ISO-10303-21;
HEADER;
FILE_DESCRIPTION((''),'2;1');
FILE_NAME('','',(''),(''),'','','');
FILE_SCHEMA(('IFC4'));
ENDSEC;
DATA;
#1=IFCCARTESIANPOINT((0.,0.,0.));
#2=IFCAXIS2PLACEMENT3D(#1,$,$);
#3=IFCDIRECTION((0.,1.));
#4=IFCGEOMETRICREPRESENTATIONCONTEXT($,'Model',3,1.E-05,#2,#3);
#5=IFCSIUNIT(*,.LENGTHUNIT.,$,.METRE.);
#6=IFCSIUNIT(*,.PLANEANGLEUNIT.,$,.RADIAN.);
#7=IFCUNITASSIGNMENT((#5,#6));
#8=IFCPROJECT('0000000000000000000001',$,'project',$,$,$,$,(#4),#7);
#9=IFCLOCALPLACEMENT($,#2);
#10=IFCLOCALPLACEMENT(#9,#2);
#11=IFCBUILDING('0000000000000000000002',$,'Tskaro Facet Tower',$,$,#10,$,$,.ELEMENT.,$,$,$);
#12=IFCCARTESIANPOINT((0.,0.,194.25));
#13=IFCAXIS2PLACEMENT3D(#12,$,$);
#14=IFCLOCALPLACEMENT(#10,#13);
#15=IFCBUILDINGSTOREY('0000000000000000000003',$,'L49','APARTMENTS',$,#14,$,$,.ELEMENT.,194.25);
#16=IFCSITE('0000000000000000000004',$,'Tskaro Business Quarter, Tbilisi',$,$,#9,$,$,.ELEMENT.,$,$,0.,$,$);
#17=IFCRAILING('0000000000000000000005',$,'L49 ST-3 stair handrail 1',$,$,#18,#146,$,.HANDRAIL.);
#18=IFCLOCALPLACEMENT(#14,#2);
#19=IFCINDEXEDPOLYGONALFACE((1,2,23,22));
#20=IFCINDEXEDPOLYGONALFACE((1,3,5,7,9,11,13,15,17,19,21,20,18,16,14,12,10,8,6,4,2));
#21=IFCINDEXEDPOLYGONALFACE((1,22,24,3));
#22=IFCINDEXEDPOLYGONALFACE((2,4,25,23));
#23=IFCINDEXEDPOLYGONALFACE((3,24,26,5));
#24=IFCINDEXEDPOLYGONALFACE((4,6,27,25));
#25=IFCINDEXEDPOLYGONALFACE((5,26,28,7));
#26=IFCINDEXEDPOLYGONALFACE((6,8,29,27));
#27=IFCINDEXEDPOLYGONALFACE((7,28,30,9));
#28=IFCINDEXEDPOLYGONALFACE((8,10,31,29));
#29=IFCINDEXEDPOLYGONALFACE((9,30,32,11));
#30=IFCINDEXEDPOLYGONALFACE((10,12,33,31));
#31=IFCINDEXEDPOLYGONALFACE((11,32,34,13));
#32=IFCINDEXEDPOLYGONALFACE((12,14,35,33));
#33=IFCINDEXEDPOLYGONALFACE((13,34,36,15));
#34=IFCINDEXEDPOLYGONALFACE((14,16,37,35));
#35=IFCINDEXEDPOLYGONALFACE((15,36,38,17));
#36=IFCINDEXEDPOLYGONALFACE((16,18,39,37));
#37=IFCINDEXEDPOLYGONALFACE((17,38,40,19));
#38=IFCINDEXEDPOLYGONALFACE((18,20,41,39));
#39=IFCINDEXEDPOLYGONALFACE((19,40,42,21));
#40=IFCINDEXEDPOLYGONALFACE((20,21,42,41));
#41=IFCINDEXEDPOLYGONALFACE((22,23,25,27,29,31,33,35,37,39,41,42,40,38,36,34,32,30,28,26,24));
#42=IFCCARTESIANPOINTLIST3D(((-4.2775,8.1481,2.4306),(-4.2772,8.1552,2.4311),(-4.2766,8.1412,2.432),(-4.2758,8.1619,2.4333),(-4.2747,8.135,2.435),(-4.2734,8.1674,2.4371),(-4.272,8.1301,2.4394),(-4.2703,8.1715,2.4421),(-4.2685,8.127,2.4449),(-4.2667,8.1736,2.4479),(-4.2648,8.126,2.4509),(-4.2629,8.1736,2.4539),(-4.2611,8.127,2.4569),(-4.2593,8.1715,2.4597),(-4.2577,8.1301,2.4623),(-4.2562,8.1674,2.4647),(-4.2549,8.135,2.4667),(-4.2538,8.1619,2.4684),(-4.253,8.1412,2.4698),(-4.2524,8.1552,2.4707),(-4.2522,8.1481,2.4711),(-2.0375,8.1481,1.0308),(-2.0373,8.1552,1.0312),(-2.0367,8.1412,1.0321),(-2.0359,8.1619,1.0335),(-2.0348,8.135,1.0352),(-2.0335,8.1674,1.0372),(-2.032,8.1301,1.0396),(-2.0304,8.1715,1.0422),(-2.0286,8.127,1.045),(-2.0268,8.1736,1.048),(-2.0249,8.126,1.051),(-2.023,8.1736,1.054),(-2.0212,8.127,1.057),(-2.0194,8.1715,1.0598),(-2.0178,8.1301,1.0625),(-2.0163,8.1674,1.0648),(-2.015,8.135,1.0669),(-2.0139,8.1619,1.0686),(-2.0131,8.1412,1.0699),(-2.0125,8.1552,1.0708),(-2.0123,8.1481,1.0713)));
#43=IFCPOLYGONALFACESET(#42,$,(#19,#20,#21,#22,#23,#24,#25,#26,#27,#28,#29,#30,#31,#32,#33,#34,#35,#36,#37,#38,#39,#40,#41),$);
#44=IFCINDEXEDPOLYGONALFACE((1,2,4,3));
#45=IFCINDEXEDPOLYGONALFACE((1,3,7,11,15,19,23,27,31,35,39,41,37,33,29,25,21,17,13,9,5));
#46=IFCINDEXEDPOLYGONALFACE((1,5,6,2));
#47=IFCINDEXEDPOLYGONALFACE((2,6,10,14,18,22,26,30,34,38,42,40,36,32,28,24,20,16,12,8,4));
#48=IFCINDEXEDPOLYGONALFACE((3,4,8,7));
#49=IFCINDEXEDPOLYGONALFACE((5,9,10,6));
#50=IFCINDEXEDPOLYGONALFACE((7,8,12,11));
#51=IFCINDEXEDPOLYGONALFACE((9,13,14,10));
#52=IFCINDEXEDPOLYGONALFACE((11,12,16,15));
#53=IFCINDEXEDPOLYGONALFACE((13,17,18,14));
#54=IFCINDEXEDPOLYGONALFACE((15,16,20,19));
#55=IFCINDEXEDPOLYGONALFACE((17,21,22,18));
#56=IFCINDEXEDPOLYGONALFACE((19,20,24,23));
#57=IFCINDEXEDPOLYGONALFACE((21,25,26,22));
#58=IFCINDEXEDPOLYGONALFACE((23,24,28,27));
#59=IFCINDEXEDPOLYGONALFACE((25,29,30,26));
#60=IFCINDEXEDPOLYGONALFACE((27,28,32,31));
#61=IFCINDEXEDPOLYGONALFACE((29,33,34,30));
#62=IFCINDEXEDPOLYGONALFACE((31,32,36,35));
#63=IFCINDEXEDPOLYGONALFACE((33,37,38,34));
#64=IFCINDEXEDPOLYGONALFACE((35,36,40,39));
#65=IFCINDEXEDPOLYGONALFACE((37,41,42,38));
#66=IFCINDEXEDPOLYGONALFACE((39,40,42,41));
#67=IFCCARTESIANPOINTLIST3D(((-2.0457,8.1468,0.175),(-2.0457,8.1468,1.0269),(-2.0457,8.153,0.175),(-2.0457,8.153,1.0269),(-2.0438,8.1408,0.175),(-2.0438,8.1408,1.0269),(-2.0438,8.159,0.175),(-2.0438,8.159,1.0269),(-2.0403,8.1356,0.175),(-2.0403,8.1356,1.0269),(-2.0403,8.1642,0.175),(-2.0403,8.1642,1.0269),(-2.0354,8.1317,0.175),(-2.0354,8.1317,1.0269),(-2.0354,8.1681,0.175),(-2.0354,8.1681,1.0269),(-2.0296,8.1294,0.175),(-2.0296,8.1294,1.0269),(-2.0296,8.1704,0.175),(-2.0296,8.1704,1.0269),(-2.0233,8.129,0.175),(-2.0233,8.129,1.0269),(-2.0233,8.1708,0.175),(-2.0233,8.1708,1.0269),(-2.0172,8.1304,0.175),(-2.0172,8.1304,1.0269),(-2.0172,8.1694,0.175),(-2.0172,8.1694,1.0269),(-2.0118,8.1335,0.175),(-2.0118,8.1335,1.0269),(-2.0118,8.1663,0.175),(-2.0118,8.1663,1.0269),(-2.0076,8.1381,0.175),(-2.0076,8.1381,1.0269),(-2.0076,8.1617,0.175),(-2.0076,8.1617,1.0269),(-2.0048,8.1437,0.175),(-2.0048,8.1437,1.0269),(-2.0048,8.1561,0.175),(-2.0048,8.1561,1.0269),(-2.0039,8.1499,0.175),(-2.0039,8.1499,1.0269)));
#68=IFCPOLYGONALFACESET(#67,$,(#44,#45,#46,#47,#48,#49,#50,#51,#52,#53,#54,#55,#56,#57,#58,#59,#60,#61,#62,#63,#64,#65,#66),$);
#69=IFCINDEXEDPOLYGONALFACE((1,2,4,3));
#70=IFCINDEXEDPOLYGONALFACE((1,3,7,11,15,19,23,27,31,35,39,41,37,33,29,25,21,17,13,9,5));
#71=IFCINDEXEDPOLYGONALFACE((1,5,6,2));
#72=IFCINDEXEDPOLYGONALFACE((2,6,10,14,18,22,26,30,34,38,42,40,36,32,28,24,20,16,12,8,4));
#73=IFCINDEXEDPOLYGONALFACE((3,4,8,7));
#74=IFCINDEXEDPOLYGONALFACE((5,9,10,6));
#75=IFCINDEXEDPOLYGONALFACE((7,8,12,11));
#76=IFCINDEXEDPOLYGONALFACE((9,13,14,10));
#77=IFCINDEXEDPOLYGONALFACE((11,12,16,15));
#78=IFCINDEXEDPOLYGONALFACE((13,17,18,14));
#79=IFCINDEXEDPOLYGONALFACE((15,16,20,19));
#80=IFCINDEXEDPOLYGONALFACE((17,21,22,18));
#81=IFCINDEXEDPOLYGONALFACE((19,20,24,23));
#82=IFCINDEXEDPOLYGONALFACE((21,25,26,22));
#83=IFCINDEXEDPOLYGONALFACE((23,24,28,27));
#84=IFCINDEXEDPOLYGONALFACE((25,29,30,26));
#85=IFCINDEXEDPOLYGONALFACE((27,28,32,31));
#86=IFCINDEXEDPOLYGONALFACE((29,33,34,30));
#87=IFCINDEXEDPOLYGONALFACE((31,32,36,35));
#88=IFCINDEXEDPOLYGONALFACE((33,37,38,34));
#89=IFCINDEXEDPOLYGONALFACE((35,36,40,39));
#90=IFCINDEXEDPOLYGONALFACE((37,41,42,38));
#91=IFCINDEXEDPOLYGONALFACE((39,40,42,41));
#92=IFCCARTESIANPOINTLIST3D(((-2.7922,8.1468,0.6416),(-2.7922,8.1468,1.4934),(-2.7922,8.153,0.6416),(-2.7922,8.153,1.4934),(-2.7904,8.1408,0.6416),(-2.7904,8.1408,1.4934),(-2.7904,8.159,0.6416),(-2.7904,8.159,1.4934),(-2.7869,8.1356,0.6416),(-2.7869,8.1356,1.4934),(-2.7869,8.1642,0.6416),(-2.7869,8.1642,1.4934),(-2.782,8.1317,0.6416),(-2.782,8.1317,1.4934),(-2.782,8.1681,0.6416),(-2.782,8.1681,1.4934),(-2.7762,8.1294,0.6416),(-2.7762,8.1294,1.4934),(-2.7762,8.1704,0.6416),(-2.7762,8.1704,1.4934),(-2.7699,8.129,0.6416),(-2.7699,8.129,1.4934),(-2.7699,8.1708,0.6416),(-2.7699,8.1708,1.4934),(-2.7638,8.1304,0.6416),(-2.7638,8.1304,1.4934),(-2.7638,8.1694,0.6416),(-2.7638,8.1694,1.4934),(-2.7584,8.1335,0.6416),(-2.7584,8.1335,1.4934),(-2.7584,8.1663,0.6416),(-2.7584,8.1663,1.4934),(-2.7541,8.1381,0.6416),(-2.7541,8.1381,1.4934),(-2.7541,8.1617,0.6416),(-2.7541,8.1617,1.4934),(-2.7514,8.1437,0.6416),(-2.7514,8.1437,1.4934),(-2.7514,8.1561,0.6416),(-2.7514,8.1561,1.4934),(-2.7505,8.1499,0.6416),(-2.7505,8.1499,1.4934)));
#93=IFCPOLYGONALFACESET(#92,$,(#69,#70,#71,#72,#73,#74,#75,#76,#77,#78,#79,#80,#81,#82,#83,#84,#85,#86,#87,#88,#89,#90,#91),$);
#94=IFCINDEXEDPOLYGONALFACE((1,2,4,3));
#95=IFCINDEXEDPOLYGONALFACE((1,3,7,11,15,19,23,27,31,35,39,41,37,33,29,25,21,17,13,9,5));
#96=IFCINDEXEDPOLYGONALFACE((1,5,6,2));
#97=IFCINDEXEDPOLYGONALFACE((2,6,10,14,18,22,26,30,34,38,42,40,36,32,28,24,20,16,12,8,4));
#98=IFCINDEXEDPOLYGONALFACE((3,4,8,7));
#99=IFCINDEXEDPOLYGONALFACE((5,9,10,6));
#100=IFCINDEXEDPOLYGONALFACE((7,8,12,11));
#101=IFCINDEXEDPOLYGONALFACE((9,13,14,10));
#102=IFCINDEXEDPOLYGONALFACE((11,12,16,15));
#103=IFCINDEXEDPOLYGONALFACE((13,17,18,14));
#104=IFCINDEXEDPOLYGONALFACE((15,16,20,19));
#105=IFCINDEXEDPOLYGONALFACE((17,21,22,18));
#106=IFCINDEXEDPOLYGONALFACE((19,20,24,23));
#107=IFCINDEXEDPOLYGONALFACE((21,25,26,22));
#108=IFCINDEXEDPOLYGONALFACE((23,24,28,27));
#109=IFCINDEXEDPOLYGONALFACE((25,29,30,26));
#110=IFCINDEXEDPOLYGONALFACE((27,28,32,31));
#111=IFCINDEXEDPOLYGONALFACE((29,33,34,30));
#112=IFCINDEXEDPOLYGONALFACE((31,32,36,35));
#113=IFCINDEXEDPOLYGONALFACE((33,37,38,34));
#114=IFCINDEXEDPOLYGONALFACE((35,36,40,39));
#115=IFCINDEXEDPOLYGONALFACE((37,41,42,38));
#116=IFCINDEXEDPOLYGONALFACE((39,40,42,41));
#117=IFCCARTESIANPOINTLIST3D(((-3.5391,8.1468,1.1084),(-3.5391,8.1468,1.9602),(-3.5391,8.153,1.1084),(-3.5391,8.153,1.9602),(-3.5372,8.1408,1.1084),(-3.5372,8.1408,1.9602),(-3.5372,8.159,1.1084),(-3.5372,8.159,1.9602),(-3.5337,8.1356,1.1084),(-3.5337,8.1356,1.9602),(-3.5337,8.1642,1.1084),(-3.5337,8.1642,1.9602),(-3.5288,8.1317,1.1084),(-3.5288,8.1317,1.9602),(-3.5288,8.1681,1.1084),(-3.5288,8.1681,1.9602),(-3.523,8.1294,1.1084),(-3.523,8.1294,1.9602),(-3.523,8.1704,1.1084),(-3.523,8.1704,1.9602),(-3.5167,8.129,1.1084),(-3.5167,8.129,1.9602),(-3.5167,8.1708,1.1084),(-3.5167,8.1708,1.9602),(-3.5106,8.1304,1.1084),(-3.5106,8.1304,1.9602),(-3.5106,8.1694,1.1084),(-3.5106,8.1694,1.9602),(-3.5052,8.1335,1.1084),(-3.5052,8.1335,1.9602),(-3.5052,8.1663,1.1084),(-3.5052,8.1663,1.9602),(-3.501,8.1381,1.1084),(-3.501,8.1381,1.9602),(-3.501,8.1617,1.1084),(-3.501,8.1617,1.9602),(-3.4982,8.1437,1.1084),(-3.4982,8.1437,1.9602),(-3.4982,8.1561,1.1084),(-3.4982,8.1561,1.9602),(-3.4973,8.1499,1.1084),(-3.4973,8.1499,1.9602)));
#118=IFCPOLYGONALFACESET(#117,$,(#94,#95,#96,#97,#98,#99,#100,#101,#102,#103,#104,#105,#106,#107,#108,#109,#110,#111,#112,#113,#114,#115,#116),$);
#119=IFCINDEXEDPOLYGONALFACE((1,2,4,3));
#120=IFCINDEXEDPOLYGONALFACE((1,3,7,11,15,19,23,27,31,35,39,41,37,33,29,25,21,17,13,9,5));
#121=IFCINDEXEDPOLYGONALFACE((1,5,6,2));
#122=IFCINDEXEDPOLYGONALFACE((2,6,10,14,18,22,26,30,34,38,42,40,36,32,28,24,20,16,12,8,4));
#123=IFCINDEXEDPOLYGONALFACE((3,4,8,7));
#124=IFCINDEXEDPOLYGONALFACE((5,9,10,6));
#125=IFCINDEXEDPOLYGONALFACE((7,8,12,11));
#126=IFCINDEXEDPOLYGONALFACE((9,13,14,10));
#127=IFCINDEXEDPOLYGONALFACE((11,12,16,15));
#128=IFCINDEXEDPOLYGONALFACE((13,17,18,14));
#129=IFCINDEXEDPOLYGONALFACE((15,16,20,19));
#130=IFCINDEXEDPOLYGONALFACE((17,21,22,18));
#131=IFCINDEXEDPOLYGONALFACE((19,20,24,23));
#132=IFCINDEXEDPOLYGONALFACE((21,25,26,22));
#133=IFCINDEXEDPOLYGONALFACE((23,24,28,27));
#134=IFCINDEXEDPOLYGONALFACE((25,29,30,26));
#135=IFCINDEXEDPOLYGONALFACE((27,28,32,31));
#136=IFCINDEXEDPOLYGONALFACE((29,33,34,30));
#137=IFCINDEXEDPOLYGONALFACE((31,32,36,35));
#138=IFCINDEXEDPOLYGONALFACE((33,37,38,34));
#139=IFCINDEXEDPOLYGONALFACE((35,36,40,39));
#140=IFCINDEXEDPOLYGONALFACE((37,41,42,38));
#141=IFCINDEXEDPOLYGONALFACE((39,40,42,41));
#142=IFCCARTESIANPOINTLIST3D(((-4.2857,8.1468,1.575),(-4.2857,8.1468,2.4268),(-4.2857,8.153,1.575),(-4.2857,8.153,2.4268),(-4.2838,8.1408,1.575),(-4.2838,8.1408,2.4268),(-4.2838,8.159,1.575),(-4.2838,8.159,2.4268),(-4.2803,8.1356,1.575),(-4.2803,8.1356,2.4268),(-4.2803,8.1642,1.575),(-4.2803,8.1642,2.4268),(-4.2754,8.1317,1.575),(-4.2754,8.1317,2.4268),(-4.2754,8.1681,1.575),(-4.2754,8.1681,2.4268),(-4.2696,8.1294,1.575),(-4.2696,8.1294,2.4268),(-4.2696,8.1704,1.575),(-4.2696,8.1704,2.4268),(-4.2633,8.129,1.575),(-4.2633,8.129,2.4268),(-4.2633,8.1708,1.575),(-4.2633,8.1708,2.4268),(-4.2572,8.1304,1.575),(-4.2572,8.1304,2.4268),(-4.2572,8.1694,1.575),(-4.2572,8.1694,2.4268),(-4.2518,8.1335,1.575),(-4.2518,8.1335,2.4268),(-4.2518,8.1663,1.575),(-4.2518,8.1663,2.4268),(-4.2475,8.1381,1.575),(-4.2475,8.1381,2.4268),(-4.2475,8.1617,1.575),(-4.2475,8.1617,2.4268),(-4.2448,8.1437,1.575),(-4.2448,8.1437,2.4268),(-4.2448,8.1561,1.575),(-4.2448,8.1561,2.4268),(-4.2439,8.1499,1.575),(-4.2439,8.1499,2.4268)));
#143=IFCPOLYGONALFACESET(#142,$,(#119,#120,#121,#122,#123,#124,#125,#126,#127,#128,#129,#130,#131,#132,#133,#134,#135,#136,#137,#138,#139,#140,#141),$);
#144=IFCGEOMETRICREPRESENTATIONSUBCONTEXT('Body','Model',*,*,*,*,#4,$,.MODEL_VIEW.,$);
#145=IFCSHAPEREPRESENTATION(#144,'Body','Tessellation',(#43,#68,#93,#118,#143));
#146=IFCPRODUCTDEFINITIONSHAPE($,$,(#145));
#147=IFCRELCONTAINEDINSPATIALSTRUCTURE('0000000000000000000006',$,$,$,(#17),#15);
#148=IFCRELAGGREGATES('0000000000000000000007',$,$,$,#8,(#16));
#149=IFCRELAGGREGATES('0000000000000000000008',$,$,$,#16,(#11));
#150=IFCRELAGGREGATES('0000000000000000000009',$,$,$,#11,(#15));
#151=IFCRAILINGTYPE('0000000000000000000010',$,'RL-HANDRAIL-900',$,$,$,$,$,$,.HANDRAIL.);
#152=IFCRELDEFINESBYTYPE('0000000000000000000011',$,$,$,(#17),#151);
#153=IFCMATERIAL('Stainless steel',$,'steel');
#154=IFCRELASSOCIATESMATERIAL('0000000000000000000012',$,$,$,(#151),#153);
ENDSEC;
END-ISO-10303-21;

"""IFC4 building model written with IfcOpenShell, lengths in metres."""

from ifc_helpers import new_model, si_unit, direction, frame, origin, origin_2d, place, context, subcontext, project, spatial, circle, extrude, material, type_object, element, save


model = new_model("IFC4")

# Units and contexts
model_context = context("Model", 3, precision=1e-05, world=origin(), true_north=direction((0.0, 1.0)))
body_context = subcontext(model_context, "Body", "Model", "MODEL_VIEW")
ifc_project = project(units=[si_unit("LENGTHUNIT", "METRE"), si_unit("PLANEANGLEUNIT", "RADIAN")], contexts=[model_context])

# Site, building, storey
site_placement = place(None, origin())
site = spatial("IfcSite", under=ifc_project, at=site_placement, Name="Tskaro Business Quarter, Tbilisi", CompositionType="ELEMENT", RefElevation=0.0)
building_placement = place(site_placement, origin())
building = spatial("IfcBuilding", under=site, at=building_placement, Name="Tskaro Facet Tower", CompositionType="ELEMENT")
storey_placement = place(building_placement, frame((0.0, 0.0, 194.25)))
storey = spatial("IfcBuildingStorey", under=building, at=storey_placement, Name="L49", Description="APARTMENTS", CompositionType="ELEMENT", Elevation=194.25)

# Railing
ifc_material_1 = material(Name="Stainless steel", Category="steel")
railing_type_1 = type_object("IfcRailingType", Name="RL-HANDRAIL-900", PredefinedType="HANDRAIL", material=ifc_material_1)
railing_1_placement = place(storey_placement, frame((-2.0249, 8.1499, 0.175)))
element("IfcRailing", 1, at=railing_1_placement, inside=storey, type_object=railing_type_1, Name="L49 ST-3 stair handrail 1", PredefinedType="HANDRAIL", context=body_context, shape_type="SweptSolid", body=[
    extrude(circle(Radius=0.0239, at=origin_2d()), frame((0.0, 0.0, 0.876), z_axis=(-0.848014, 0.0, 0.529974), x_axis=(0.0, -1.0, 0.0)), (0.0, 0.0, 1.0), 2.6414),
    extrude(circle(Radius=0.021, at=origin_2d()), origin(), (0.0, 0.0, 1.0), 0.8518),
    extrude(circle(Radius=0.021, at=origin_2d()), frame((-0.7466, 0.0, 0.4666)), (0.0, 0.0, 1.0), 0.8518),
    extrude(circle(Radius=0.021, at=origin_2d()), frame((-1.4934, 0.0, 0.9333)), (0.0, 0.0, 1.0), 0.8518),
    extrude(circle(Radius=0.021, at=origin_2d()), frame((-2.24, 0.0, 1.3999)), (0.0, 0.0, 1.0), 0.8518),
])

save(model, "model.ifc")
